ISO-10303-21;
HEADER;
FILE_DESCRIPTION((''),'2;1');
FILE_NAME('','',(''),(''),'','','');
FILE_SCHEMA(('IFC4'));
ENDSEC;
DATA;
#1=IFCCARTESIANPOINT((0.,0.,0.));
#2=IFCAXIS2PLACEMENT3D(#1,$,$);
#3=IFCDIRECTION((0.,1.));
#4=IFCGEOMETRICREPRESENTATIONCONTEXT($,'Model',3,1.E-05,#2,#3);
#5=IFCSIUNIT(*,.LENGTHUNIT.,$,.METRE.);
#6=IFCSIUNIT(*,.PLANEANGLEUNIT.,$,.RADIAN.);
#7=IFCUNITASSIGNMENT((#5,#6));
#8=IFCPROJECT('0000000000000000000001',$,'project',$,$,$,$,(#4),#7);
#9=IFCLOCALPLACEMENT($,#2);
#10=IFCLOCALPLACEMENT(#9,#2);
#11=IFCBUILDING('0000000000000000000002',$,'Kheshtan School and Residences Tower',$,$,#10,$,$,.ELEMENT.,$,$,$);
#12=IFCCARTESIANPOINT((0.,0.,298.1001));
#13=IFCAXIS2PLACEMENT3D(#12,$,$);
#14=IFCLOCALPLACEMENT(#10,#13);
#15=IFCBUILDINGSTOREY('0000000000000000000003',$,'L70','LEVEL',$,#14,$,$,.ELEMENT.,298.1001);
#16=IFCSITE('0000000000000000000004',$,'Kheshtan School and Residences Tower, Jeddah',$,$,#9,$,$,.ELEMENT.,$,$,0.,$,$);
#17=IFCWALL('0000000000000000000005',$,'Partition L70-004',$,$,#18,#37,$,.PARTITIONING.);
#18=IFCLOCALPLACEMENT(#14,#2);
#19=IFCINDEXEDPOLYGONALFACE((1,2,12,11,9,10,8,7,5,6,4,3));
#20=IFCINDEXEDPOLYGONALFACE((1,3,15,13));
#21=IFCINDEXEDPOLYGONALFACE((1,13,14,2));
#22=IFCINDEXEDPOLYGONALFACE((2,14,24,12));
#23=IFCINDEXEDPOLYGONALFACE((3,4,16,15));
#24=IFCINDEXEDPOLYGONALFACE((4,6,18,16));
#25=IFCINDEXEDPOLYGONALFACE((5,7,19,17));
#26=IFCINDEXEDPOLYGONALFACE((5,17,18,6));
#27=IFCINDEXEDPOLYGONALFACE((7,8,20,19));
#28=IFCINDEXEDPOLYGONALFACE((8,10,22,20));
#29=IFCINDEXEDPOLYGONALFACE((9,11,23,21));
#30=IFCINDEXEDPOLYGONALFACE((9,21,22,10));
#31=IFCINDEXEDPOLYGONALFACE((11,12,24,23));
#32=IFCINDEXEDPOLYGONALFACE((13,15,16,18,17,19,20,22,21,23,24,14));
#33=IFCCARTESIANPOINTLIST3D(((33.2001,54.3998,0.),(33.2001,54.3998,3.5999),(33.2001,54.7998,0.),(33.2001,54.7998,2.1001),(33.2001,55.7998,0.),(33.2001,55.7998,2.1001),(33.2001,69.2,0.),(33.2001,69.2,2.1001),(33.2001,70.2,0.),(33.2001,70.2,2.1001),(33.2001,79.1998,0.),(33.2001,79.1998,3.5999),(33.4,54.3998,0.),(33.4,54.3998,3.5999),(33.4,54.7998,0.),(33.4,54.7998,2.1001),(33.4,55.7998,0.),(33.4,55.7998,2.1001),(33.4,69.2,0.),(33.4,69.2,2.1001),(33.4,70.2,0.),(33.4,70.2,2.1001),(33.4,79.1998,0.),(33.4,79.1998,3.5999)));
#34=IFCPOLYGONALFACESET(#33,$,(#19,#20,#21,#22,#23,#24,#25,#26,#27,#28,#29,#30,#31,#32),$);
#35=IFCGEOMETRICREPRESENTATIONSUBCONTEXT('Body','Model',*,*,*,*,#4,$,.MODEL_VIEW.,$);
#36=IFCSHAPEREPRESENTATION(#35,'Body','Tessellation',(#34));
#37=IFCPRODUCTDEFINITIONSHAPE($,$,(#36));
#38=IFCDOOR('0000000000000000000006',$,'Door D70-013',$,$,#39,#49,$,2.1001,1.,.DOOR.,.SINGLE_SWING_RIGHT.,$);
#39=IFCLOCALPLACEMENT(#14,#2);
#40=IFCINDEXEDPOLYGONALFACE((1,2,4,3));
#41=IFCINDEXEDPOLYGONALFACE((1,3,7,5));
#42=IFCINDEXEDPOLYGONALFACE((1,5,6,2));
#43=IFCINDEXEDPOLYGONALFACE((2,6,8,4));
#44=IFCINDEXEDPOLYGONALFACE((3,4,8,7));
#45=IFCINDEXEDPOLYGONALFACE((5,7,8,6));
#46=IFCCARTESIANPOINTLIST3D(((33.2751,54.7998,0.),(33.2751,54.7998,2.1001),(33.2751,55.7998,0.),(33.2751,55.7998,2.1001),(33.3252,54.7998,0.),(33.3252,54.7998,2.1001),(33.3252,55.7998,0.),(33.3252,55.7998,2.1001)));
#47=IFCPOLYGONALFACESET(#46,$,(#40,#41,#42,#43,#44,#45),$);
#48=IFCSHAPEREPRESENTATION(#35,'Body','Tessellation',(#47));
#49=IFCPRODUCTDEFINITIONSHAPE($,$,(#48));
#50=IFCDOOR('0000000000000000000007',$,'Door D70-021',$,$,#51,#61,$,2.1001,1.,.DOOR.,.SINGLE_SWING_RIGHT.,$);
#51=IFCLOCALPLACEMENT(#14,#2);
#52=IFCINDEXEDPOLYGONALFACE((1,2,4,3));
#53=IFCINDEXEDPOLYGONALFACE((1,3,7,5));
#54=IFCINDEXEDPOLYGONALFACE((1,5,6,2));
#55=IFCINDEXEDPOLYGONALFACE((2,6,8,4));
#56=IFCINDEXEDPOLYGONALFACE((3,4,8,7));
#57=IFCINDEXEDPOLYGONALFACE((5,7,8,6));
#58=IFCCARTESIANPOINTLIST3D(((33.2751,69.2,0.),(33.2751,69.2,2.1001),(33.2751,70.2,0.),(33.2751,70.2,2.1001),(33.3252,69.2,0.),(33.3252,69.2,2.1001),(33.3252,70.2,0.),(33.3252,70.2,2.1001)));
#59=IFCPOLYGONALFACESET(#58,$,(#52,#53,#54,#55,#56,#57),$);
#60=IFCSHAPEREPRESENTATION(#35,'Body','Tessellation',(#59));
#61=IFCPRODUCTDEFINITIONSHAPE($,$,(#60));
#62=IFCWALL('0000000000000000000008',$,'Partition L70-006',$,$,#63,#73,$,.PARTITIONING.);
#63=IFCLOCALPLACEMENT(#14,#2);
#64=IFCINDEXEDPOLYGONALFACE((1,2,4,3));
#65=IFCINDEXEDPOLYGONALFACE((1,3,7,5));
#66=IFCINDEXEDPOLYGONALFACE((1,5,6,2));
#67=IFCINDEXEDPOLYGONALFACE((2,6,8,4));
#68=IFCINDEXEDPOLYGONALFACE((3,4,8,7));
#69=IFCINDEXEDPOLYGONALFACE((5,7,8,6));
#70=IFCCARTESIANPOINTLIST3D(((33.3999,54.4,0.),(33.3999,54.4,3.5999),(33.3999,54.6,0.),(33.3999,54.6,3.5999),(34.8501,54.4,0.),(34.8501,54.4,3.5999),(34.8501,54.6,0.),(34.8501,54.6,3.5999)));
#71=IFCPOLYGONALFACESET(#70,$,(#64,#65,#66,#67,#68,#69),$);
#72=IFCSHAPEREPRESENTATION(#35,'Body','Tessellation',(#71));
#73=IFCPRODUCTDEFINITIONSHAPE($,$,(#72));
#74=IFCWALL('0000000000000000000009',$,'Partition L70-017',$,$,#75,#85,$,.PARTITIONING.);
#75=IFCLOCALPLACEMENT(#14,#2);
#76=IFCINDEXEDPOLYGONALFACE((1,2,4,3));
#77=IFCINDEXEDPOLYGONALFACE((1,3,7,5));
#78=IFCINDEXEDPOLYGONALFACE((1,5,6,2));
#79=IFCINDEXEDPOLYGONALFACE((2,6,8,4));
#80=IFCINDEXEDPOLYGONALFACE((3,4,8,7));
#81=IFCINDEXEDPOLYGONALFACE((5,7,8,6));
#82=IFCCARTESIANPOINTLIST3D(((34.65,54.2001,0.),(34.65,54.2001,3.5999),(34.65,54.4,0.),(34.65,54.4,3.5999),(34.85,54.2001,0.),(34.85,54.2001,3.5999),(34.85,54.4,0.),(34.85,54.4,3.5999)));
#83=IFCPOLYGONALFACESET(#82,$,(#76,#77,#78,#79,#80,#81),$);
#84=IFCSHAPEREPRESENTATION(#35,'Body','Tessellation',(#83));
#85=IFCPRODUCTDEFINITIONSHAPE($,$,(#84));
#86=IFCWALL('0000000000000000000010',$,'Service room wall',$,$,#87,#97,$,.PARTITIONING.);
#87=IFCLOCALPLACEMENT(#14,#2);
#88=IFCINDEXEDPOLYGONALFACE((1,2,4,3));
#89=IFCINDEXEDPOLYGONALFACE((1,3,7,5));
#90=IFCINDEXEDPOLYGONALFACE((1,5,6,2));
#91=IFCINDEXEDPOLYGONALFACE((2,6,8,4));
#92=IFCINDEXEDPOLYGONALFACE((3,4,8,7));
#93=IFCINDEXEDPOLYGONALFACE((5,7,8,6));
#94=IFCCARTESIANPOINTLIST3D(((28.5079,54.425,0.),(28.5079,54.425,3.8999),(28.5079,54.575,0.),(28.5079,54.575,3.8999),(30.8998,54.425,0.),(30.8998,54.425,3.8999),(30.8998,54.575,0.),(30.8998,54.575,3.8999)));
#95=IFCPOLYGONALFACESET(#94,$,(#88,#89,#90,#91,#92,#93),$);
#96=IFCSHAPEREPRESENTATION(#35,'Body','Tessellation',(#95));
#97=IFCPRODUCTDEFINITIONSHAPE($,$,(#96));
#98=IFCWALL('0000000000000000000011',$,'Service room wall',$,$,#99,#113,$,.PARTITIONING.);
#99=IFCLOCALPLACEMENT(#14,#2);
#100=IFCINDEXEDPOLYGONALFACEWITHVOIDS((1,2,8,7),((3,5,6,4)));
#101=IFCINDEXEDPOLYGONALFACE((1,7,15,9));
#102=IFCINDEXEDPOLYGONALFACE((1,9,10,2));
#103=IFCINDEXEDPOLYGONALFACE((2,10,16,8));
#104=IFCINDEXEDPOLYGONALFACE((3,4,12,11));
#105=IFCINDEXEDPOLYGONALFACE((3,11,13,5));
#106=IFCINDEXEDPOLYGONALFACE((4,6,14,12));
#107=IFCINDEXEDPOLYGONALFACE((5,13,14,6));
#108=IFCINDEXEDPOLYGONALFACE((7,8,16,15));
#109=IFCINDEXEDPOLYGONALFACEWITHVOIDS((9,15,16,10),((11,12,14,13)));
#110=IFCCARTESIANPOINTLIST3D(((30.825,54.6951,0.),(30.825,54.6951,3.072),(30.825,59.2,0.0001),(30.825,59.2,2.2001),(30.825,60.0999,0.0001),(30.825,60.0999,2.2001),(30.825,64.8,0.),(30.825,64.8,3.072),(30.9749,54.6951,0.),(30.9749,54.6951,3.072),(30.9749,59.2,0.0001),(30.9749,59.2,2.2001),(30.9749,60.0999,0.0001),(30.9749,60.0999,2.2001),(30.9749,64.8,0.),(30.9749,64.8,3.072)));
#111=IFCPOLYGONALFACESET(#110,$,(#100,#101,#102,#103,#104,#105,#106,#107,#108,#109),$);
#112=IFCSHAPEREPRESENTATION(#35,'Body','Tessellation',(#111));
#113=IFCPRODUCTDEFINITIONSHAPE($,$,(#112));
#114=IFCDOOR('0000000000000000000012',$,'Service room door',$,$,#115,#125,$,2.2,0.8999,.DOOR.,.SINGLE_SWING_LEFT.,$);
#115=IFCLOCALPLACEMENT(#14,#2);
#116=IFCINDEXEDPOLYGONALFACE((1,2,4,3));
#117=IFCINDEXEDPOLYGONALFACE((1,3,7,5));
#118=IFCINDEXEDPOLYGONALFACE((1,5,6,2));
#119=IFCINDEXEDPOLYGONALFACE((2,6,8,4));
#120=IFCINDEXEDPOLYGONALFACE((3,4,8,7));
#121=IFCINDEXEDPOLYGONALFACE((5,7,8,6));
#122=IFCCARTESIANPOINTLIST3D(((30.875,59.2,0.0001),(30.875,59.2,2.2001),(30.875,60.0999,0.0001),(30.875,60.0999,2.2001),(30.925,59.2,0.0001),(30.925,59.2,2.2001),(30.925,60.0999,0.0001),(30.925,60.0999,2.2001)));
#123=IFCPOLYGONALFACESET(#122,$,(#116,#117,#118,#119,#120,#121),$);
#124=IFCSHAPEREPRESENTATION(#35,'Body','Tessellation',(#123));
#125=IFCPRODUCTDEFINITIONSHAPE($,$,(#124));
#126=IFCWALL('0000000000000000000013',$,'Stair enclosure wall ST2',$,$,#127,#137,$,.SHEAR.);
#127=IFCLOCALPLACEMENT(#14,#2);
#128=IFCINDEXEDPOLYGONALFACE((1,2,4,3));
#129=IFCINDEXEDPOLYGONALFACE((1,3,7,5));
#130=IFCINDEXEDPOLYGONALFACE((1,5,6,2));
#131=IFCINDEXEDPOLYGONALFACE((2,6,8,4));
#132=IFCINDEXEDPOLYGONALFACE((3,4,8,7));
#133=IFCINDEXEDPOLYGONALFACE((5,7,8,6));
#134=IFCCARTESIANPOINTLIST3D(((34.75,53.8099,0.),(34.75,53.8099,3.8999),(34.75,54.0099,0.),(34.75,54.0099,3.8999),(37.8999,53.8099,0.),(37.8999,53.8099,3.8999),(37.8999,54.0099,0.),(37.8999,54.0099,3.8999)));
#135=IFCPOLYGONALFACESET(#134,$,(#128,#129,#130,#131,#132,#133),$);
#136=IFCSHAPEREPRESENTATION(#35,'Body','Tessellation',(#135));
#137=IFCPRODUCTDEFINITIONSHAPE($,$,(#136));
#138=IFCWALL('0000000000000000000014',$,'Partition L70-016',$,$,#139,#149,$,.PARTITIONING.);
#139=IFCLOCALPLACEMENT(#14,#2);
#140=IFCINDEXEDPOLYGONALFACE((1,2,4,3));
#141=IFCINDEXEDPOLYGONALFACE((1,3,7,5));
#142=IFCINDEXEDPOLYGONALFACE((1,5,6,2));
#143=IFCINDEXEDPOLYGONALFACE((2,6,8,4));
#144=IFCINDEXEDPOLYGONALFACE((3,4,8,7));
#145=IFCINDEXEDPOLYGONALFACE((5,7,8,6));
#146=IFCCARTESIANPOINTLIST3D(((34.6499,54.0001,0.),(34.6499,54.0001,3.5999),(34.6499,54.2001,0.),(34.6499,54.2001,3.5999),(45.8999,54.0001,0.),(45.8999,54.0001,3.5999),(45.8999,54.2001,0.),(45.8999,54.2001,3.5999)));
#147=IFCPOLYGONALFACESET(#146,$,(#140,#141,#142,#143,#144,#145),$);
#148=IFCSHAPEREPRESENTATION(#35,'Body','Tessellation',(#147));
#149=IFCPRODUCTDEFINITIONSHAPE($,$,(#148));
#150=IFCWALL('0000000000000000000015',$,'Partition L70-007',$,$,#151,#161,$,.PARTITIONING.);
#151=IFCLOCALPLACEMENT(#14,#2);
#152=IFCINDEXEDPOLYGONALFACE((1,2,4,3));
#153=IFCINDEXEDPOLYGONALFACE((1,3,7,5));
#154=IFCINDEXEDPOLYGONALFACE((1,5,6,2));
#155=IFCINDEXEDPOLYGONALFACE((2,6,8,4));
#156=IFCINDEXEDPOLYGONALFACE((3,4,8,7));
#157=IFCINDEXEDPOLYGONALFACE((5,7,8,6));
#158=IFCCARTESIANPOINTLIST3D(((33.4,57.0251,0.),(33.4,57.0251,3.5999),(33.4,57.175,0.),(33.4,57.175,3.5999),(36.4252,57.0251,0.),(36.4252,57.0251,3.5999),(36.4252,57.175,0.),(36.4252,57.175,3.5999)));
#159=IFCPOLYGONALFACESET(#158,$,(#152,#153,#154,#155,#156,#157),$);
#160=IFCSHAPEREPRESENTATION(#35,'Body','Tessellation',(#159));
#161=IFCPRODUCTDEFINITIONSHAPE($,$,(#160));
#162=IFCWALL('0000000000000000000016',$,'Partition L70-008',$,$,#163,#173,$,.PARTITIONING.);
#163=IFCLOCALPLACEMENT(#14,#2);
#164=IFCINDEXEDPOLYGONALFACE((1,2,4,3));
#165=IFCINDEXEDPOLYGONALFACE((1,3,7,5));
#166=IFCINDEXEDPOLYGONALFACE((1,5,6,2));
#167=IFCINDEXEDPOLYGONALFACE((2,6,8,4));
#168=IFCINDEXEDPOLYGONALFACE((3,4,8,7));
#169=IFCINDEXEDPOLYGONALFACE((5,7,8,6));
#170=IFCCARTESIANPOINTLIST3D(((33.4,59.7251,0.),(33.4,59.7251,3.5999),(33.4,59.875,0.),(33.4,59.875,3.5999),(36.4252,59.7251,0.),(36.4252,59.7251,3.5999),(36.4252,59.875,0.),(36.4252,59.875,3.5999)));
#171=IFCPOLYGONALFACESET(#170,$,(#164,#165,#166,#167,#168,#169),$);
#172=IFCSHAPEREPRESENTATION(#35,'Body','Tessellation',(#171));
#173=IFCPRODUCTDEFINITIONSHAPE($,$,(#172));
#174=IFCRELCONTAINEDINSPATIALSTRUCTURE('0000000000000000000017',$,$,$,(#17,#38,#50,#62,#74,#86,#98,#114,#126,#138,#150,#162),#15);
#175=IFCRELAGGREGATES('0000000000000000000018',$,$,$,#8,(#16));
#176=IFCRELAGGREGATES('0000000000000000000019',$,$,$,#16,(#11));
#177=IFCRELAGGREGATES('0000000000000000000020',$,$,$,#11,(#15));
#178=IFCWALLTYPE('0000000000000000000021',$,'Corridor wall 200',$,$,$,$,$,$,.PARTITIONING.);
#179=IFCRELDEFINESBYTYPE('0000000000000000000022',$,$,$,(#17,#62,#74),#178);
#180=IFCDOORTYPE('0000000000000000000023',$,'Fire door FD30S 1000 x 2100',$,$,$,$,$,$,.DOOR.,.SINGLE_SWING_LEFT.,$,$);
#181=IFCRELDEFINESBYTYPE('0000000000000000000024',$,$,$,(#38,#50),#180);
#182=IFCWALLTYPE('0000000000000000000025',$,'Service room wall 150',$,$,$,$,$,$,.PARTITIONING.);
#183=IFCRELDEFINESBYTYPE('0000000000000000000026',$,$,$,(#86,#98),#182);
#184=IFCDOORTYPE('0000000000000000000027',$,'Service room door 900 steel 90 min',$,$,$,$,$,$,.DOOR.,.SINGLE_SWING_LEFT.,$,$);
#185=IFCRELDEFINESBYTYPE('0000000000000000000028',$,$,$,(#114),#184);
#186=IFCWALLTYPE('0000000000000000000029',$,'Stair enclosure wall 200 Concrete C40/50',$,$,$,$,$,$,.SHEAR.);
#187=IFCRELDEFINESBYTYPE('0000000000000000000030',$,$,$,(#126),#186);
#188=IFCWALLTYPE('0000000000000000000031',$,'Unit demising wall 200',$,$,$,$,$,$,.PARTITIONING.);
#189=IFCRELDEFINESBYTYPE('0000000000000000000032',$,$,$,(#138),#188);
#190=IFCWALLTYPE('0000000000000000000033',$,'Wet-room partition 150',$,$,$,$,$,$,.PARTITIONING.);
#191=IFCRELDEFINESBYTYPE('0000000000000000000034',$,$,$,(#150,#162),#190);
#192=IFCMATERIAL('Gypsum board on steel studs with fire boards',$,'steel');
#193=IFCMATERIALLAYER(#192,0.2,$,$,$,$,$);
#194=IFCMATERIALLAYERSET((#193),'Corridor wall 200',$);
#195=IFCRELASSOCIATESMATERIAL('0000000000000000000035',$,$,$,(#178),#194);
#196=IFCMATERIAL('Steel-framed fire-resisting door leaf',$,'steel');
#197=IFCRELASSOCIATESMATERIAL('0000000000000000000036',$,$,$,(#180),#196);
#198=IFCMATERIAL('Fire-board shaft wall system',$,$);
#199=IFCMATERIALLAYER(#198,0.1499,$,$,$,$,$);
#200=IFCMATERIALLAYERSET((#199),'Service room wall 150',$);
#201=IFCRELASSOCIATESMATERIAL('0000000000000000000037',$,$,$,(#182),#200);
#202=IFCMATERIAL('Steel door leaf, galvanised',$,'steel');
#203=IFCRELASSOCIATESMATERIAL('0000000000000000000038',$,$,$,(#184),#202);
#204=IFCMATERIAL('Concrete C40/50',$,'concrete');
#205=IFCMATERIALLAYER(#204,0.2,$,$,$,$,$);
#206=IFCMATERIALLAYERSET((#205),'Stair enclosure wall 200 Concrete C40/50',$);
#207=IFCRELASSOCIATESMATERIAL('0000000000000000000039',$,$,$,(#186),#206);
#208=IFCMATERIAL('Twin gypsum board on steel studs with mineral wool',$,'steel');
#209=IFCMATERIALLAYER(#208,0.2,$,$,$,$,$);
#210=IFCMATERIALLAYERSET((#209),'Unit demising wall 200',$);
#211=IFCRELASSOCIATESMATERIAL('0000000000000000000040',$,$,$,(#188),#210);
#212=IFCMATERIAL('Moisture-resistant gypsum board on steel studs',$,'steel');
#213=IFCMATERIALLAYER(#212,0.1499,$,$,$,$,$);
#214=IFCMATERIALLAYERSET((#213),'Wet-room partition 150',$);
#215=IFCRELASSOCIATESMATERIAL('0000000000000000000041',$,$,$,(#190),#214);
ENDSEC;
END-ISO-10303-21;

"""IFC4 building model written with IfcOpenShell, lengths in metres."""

from ifc_helpers import new_model, si_unit, direction, frame, frame_2d, origin, place, context, subcontext, project, spatial, rectangle, extrude, source, transform, mapped, material, layer, layer_set, type_object, element, fill, save


model = new_model("IFC4")

# Units and contexts
model_context = context("Model", 3, precision=1e-05, world=origin(), true_north=direction((0.0, 1.0)))
body_context = subcontext(model_context, "Body", "Model", "MODEL_VIEW")
ifc_project = project(units=[si_unit("LENGTHUNIT", "METRE"), si_unit("PLANEANGLEUNIT", "RADIAN")], contexts=[model_context])

# Site, building, storey
site_placement = place(None, origin())
site = spatial("IfcSite", under=ifc_project, at=site_placement, Name="Kheshtan School and Residences Tower, Jeddah", CompositionType="ELEMENT", RefElevation=0.0)
building_placement = place(site_placement, origin())
building = spatial("IfcBuilding", under=site, at=building_placement, Name="Kheshtan School and Residences Tower", CompositionType="ELEMENT")
storey_placement = place(building_placement, frame((0.0, 0.0, 298.1001)))
storey = spatial("IfcBuildingStorey", under=building, at=storey_placement, Name="L70", Description="LEVEL", CompositionType="ELEMENT", Elevation=298.1001)

# Wall, openings, doors
ifc_material_1 = material(Name="Gypsum board on steel studs with fire boards", Category="steel")
ifc_layer_1 = layer(ifc_material_1, 0.2)
ifc_layer_set_1 = layer_set([ifc_layer_1], Name="Corridor wall 200")
wall_type_1 = type_object("IfcWallType", Name="Corridor wall 200", PredefinedType="PARTITIONING", material=ifc_layer_set_1)
wall_1_placement = place(storey_placement, frame((33.3, 54.3999, 0.0), z_axis=(0.0, 0.0, 1.0), x_axis=(0.0, 1.0, 0.0)))
wall_1 = element("IfcWall", 1, at=wall_1_placement, inside=storey, type_object=wall_type_1, Name="Partition L70-004", PredefinedType="PARTITIONING", context=body_context, shape_type="SweptSolid", body=[
    extrude(rectangle(XDim=24.8, YDim=0.2, at=frame_2d((12.3999, 0.0))), origin(), (0.0, 0.0, 1.0), 3.5999),
])
opening_1_placement = place(wall_1_placement, frame((0.3999, 0.0, 0.0)))
opening_1 = element("IfcOpeningElement", 2, at=opening_1_placement, cuts=wall_1, PredefinedType="OPENING", context=body_context, shape_type="SweptSolid", body=[
    extrude(rectangle(XDim=1.0, YDim=2.1001, at=frame_2d((0.5, 1.05))), frame((0.0, 0.1099, 0.0), z_axis=(0.0, -1.0, 0.0), x_axis=(1.0, 0.0, 0.0)), (0.0, 0.0, 1.0), 0.22),
])
opening_2_placement = place(wall_1_placement, frame((14.8, 0.0, 0.0)))
opening_2 = element("IfcOpeningElement", 3, at=opening_2_placement, cuts=wall_1, PredefinedType="OPENING", context=body_context, shape_type="SweptSolid", body=[
    extrude(rectangle(XDim=1.0, YDim=2.1001, at=frame_2d((0.5, 1.05))), frame((0.0, 0.1099, 0.0), z_axis=(0.0, -1.0, 0.0), x_axis=(1.0, 0.0, 0.0)), (0.0, 0.0, 1.0), 0.22),
])
ifc_material_2 = material(Name="Steel-framed fire-resisting door leaf", Category="steel")
door_type_1 = type_object("IfcDoorType", Name="Fire door FD30S 1000 x 2100", OperationType="SINGLE_SWING_LEFT", PredefinedType="DOOR", material=ifc_material_2)
shared_shape_1 = source(origin(), body_context, "Body", "SweptSolid", [
    extrude(rectangle(XDim=1.0, YDim=2.1001, at=frame_2d((0.5, 1.05))), frame((0.0, 0.0249, 0.0), z_axis=(0.0, -1.0, 0.0), x_axis=(1.0, 0.0, 0.0)), (0.0, 0.0, 1.0), 0.05),
])
door_1_placement = place(opening_1_placement, origin())
door_1 = element("IfcDoor", 4, at=door_1_placement, inside=storey, type_object=door_type_1, Name="Door D70-013", OperationType="SINGLE_SWING_RIGHT", OverallHeight=2.1001, OverallWidth=1.0, PredefinedType="DOOR", context=body_context, shape_type="MappedRepresentation", body=[
    mapped(shared_shape_1, transform((0.0, 0.0, 0.0), x_axis=(1.0, 0.0, 0.0), y_axis=(0.0, 1.0, 0.0), z_axis=(0.0, 0.0, 1.0), scale=1.0)),
])
fill(opening_1, door_1)
door_2_placement = place(opening_2_placement, origin())
door_2 = element("IfcDoor", 5, at=door_2_placement, inside=storey, type_object=door_type_1, Name="Door D70-021", OperationType="SINGLE_SWING_RIGHT", OverallHeight=2.1001, OverallWidth=1.0, PredefinedType="DOOR", context=body_context, shape_type="MappedRepresentation", body=[
    mapped(shared_shape_1, transform((0.0, 0.0, 0.0), x_axis=(1.0, 0.0, 0.0), y_axis=(0.0, 1.0, 0.0), z_axis=(0.0, 0.0, 1.0), scale=1.0)),
])
fill(opening_2, door_2)

# Walls
wall_2_placement = place(storey_placement, frame((33.3999, 54.5, 0.0), z_axis=(0.0, 0.0, 1.0), x_axis=(1.0, 0.0, 0.0)))
element("IfcWall", 6, at=wall_2_placement, inside=storey, type_object=wall_type_1, Name="Partition L70-006", PredefinedType="PARTITIONING", context=body_context, shape_type="SweptSolid", body=[
    extrude(rectangle(XDim=1.4502, YDim=0.2, at=frame_2d((0.7251, 0.0))), origin(), (0.0, 0.0, 1.0), 3.5999),
])
wall_3_placement = place(storey_placement, frame((34.75, 54.2, 0.0), z_axis=(0.0, 0.0, 1.0), x_axis=(0.0, 1.0, 0.0)))
element("IfcWall", 7, at=wall_3_placement, inside=storey, type_object=wall_type_1, Name="Partition L70-017", PredefinedType="PARTITIONING", context=body_context, shape_type="SweptSolid", body=[
    extrude(rectangle(XDim=0.2, YDim=0.2, at=frame_2d((0.1001, 0.0))), origin(), (0.0, 0.0, 1.0), 3.5999),
])
ifc_material_3 = material(Name="Fire-board shaft wall system")
ifc_layer_2 = layer(ifc_material_3, 0.1499)
ifc_layer_set_2 = layer_set([ifc_layer_2], Name="Service room wall 150")
wall_type_2 = type_object("IfcWallType", Name="Service room wall 150", PredefinedType="PARTITIONING", material=ifc_layer_set_2)
wall_4_placement = place(storey_placement, frame((28.5081, 54.5, 0.0), z_axis=(0.0, 0.0, 1.0), x_axis=(1.0, 0.0, 0.0)))
element("IfcWall", 8, at=wall_4_placement, inside=storey, type_object=wall_type_2, Name="Service room wall", PredefinedType="PARTITIONING", context=body_context, shape_type="SweptSolid", body=[
    extrude(rectangle(XDim=2.3918, YDim=0.1499, at=frame_2d((1.1958, 0.0))), origin(), (0.0, 0.0, 1.0), 3.8999),
])

# Wall, opening, door
wall_5_placement = place(storey_placement, frame((30.8999, 54.6951, 0.0), z_axis=(0.0, 0.0, 1.0), x_axis=(0.0, 1.0, 0.0)))
wall_5 = element("IfcWall", 9, at=wall_5_placement, inside=storey, type_object=wall_type_2, Name="Service room wall", PredefinedType="PARTITIONING", context=body_context, shape_type="SweptSolid", body=[
    extrude(rectangle(XDim=10.105, YDim=0.1499, at=frame_2d((5.0525, 0.0))), origin(), (0.0, 0.0, 1.0), 3.072),
])
opening_3_placement = place(wall_5_placement, frame((4.5049, 0.0, 0.0)))
opening_3 = element("IfcOpeningElement", 10, at=opening_3_placement, cuts=wall_5, PredefinedType="OPENING", context=body_context, shape_type="SweptSolid", body=[
    extrude(rectangle(XDim=0.8999, YDim=2.2, at=frame_2d((0.45, 1.1001))), frame((0.0, 0.085, 0.0), z_axis=(0.0, -1.0, 0.0), x_axis=(1.0, 0.0, 0.0)), (0.0, 0.0, 1.0), 0.1699),
])
ifc_material_4 = material(Name="Steel door leaf, galvanised", Category="steel")
door_type_2 = type_object("IfcDoorType", Name="Service room door 900 steel 90 min", OperationType="SINGLE_SWING_LEFT", PredefinedType="DOOR", material=ifc_material_4)
shared_shape_2 = source(origin(), body_context, "Body", "SweptSolid", [
    extrude(rectangle(XDim=0.8999, YDim=2.2, at=frame_2d((0.45, 1.1001))), frame((0.0, 0.0249, 0.0), z_axis=(0.0, -1.0, 0.0), x_axis=(1.0, 0.0, 0.0)), (0.0, 0.0, 1.0), 0.05),
])
door_3_placement = place(opening_3_placement, origin())
door_3 = element("IfcDoor", 11, at=door_3_placement, inside=storey, type_object=door_type_2, Name="Service room door", OperationType="SINGLE_SWING_LEFT", OverallHeight=2.2, OverallWidth=0.8999, PredefinedType="DOOR", context=body_context, shape_type="MappedRepresentation", body=[
    mapped(shared_shape_2, transform((0.0, 0.0, 0.0), x_axis=(1.0, 0.0, 0.0), y_axis=(0.0, 1.0, 0.0), z_axis=(0.0, 0.0, 1.0), scale=1.0)),
])
fill(opening_3, door_3)

# Walls
ifc_material_5 = material(Name="Concrete C40/50", Category="concrete")
ifc_layer_3 = layer(ifc_material_5, 0.2)
ifc_layer_set_3 = layer_set([ifc_layer_3], Name="Stair enclosure wall 200 Concrete C40/50")
wall_type_3 = type_object("IfcWallType", Name="Stair enclosure wall 200 Concrete C40/50", PredefinedType="SHEAR", material=ifc_layer_set_3)
wall_6_placement = place(storey_placement, frame((34.75, 53.9099, 0.0), z_axis=(0.0, 0.0, 1.0), x_axis=(1.0, 0.0, 0.0)))
element("IfcWall", 12, at=wall_6_placement, inside=storey, type_object=wall_type_3, Name="Stair enclosure wall ST2", PredefinedType="SHEAR", context=body_context, shape_type="SweptSolid", body=[
    extrude(rectangle(XDim=3.1499, YDim=0.2, at=frame_2d((1.575, 0.0))), origin(), (0.0, 0.0, 1.0), 3.8999),
])
ifc_material_6 = material(Name="Twin gypsum board on steel studs with mineral wool", Category="steel")
ifc_layer_4 = layer(ifc_material_6, 0.2)
ifc_layer_set_4 = layer_set([ifc_layer_4], Name="Unit demising wall 200")
wall_type_4 = type_object("IfcWallType", Name="Unit demising wall 200", PredefinedType="PARTITIONING", material=ifc_layer_set_4)
wall_7_placement = place(storey_placement, frame((34.6499, 54.1001, 0.0), z_axis=(0.0, 0.0, 1.0), x_axis=(1.0, 0.0, 0.0)))
element("IfcWall", 13, at=wall_7_placement, inside=storey, type_object=wall_type_4, Name="Partition L70-016", PredefinedType="PARTITIONING", context=body_context, shape_type="SweptSolid", body=[
    extrude(rectangle(XDim=11.25, YDim=0.2, at=frame_2d((5.625, 0.0))), origin(), (0.0, 0.0, 1.0), 3.5999),
])
ifc_material_7 = material(Name="Moisture-resistant gypsum board on steel studs", Category="steel")
ifc_layer_5 = layer(ifc_material_7, 0.1499)
ifc_layer_set_5 = layer_set([ifc_layer_5], Name="Wet-room partition 150")
wall_type_5 = type_object("IfcWallType", Name="Wet-room partition 150", PredefinedType="PARTITIONING", material=ifc_layer_set_5)
for number, where, z_axis, x_axis, name in (
    (14, (33.3999, 57.1001, 0.0), (0.0, 0.0, 1.0), (1.0, 0.0, 0.0), "Partition L70-007"),
    (15, (33.3999, 59.8, 0.0), (0.0, 0.0, 1.0), (1.0, 0.0, 0.0), "Partition L70-008"),
):
    element("IfcWall", number, at=place(storey_placement, frame(where, z_axis=z_axis, x_axis=x_axis)), inside=storey, type_object=wall_type_5, Name=name, PredefinedType="PARTITIONING", context=body_context, shape_type="SweptSolid", body=[
        extrude(rectangle(XDim=3.0251, YDim=0.1499, at=frame_2d((1.5127, 0.0))), origin(), (0.0, 0.0, 1.0), 3.5999),
    ])

save(model, "model.ifc")
